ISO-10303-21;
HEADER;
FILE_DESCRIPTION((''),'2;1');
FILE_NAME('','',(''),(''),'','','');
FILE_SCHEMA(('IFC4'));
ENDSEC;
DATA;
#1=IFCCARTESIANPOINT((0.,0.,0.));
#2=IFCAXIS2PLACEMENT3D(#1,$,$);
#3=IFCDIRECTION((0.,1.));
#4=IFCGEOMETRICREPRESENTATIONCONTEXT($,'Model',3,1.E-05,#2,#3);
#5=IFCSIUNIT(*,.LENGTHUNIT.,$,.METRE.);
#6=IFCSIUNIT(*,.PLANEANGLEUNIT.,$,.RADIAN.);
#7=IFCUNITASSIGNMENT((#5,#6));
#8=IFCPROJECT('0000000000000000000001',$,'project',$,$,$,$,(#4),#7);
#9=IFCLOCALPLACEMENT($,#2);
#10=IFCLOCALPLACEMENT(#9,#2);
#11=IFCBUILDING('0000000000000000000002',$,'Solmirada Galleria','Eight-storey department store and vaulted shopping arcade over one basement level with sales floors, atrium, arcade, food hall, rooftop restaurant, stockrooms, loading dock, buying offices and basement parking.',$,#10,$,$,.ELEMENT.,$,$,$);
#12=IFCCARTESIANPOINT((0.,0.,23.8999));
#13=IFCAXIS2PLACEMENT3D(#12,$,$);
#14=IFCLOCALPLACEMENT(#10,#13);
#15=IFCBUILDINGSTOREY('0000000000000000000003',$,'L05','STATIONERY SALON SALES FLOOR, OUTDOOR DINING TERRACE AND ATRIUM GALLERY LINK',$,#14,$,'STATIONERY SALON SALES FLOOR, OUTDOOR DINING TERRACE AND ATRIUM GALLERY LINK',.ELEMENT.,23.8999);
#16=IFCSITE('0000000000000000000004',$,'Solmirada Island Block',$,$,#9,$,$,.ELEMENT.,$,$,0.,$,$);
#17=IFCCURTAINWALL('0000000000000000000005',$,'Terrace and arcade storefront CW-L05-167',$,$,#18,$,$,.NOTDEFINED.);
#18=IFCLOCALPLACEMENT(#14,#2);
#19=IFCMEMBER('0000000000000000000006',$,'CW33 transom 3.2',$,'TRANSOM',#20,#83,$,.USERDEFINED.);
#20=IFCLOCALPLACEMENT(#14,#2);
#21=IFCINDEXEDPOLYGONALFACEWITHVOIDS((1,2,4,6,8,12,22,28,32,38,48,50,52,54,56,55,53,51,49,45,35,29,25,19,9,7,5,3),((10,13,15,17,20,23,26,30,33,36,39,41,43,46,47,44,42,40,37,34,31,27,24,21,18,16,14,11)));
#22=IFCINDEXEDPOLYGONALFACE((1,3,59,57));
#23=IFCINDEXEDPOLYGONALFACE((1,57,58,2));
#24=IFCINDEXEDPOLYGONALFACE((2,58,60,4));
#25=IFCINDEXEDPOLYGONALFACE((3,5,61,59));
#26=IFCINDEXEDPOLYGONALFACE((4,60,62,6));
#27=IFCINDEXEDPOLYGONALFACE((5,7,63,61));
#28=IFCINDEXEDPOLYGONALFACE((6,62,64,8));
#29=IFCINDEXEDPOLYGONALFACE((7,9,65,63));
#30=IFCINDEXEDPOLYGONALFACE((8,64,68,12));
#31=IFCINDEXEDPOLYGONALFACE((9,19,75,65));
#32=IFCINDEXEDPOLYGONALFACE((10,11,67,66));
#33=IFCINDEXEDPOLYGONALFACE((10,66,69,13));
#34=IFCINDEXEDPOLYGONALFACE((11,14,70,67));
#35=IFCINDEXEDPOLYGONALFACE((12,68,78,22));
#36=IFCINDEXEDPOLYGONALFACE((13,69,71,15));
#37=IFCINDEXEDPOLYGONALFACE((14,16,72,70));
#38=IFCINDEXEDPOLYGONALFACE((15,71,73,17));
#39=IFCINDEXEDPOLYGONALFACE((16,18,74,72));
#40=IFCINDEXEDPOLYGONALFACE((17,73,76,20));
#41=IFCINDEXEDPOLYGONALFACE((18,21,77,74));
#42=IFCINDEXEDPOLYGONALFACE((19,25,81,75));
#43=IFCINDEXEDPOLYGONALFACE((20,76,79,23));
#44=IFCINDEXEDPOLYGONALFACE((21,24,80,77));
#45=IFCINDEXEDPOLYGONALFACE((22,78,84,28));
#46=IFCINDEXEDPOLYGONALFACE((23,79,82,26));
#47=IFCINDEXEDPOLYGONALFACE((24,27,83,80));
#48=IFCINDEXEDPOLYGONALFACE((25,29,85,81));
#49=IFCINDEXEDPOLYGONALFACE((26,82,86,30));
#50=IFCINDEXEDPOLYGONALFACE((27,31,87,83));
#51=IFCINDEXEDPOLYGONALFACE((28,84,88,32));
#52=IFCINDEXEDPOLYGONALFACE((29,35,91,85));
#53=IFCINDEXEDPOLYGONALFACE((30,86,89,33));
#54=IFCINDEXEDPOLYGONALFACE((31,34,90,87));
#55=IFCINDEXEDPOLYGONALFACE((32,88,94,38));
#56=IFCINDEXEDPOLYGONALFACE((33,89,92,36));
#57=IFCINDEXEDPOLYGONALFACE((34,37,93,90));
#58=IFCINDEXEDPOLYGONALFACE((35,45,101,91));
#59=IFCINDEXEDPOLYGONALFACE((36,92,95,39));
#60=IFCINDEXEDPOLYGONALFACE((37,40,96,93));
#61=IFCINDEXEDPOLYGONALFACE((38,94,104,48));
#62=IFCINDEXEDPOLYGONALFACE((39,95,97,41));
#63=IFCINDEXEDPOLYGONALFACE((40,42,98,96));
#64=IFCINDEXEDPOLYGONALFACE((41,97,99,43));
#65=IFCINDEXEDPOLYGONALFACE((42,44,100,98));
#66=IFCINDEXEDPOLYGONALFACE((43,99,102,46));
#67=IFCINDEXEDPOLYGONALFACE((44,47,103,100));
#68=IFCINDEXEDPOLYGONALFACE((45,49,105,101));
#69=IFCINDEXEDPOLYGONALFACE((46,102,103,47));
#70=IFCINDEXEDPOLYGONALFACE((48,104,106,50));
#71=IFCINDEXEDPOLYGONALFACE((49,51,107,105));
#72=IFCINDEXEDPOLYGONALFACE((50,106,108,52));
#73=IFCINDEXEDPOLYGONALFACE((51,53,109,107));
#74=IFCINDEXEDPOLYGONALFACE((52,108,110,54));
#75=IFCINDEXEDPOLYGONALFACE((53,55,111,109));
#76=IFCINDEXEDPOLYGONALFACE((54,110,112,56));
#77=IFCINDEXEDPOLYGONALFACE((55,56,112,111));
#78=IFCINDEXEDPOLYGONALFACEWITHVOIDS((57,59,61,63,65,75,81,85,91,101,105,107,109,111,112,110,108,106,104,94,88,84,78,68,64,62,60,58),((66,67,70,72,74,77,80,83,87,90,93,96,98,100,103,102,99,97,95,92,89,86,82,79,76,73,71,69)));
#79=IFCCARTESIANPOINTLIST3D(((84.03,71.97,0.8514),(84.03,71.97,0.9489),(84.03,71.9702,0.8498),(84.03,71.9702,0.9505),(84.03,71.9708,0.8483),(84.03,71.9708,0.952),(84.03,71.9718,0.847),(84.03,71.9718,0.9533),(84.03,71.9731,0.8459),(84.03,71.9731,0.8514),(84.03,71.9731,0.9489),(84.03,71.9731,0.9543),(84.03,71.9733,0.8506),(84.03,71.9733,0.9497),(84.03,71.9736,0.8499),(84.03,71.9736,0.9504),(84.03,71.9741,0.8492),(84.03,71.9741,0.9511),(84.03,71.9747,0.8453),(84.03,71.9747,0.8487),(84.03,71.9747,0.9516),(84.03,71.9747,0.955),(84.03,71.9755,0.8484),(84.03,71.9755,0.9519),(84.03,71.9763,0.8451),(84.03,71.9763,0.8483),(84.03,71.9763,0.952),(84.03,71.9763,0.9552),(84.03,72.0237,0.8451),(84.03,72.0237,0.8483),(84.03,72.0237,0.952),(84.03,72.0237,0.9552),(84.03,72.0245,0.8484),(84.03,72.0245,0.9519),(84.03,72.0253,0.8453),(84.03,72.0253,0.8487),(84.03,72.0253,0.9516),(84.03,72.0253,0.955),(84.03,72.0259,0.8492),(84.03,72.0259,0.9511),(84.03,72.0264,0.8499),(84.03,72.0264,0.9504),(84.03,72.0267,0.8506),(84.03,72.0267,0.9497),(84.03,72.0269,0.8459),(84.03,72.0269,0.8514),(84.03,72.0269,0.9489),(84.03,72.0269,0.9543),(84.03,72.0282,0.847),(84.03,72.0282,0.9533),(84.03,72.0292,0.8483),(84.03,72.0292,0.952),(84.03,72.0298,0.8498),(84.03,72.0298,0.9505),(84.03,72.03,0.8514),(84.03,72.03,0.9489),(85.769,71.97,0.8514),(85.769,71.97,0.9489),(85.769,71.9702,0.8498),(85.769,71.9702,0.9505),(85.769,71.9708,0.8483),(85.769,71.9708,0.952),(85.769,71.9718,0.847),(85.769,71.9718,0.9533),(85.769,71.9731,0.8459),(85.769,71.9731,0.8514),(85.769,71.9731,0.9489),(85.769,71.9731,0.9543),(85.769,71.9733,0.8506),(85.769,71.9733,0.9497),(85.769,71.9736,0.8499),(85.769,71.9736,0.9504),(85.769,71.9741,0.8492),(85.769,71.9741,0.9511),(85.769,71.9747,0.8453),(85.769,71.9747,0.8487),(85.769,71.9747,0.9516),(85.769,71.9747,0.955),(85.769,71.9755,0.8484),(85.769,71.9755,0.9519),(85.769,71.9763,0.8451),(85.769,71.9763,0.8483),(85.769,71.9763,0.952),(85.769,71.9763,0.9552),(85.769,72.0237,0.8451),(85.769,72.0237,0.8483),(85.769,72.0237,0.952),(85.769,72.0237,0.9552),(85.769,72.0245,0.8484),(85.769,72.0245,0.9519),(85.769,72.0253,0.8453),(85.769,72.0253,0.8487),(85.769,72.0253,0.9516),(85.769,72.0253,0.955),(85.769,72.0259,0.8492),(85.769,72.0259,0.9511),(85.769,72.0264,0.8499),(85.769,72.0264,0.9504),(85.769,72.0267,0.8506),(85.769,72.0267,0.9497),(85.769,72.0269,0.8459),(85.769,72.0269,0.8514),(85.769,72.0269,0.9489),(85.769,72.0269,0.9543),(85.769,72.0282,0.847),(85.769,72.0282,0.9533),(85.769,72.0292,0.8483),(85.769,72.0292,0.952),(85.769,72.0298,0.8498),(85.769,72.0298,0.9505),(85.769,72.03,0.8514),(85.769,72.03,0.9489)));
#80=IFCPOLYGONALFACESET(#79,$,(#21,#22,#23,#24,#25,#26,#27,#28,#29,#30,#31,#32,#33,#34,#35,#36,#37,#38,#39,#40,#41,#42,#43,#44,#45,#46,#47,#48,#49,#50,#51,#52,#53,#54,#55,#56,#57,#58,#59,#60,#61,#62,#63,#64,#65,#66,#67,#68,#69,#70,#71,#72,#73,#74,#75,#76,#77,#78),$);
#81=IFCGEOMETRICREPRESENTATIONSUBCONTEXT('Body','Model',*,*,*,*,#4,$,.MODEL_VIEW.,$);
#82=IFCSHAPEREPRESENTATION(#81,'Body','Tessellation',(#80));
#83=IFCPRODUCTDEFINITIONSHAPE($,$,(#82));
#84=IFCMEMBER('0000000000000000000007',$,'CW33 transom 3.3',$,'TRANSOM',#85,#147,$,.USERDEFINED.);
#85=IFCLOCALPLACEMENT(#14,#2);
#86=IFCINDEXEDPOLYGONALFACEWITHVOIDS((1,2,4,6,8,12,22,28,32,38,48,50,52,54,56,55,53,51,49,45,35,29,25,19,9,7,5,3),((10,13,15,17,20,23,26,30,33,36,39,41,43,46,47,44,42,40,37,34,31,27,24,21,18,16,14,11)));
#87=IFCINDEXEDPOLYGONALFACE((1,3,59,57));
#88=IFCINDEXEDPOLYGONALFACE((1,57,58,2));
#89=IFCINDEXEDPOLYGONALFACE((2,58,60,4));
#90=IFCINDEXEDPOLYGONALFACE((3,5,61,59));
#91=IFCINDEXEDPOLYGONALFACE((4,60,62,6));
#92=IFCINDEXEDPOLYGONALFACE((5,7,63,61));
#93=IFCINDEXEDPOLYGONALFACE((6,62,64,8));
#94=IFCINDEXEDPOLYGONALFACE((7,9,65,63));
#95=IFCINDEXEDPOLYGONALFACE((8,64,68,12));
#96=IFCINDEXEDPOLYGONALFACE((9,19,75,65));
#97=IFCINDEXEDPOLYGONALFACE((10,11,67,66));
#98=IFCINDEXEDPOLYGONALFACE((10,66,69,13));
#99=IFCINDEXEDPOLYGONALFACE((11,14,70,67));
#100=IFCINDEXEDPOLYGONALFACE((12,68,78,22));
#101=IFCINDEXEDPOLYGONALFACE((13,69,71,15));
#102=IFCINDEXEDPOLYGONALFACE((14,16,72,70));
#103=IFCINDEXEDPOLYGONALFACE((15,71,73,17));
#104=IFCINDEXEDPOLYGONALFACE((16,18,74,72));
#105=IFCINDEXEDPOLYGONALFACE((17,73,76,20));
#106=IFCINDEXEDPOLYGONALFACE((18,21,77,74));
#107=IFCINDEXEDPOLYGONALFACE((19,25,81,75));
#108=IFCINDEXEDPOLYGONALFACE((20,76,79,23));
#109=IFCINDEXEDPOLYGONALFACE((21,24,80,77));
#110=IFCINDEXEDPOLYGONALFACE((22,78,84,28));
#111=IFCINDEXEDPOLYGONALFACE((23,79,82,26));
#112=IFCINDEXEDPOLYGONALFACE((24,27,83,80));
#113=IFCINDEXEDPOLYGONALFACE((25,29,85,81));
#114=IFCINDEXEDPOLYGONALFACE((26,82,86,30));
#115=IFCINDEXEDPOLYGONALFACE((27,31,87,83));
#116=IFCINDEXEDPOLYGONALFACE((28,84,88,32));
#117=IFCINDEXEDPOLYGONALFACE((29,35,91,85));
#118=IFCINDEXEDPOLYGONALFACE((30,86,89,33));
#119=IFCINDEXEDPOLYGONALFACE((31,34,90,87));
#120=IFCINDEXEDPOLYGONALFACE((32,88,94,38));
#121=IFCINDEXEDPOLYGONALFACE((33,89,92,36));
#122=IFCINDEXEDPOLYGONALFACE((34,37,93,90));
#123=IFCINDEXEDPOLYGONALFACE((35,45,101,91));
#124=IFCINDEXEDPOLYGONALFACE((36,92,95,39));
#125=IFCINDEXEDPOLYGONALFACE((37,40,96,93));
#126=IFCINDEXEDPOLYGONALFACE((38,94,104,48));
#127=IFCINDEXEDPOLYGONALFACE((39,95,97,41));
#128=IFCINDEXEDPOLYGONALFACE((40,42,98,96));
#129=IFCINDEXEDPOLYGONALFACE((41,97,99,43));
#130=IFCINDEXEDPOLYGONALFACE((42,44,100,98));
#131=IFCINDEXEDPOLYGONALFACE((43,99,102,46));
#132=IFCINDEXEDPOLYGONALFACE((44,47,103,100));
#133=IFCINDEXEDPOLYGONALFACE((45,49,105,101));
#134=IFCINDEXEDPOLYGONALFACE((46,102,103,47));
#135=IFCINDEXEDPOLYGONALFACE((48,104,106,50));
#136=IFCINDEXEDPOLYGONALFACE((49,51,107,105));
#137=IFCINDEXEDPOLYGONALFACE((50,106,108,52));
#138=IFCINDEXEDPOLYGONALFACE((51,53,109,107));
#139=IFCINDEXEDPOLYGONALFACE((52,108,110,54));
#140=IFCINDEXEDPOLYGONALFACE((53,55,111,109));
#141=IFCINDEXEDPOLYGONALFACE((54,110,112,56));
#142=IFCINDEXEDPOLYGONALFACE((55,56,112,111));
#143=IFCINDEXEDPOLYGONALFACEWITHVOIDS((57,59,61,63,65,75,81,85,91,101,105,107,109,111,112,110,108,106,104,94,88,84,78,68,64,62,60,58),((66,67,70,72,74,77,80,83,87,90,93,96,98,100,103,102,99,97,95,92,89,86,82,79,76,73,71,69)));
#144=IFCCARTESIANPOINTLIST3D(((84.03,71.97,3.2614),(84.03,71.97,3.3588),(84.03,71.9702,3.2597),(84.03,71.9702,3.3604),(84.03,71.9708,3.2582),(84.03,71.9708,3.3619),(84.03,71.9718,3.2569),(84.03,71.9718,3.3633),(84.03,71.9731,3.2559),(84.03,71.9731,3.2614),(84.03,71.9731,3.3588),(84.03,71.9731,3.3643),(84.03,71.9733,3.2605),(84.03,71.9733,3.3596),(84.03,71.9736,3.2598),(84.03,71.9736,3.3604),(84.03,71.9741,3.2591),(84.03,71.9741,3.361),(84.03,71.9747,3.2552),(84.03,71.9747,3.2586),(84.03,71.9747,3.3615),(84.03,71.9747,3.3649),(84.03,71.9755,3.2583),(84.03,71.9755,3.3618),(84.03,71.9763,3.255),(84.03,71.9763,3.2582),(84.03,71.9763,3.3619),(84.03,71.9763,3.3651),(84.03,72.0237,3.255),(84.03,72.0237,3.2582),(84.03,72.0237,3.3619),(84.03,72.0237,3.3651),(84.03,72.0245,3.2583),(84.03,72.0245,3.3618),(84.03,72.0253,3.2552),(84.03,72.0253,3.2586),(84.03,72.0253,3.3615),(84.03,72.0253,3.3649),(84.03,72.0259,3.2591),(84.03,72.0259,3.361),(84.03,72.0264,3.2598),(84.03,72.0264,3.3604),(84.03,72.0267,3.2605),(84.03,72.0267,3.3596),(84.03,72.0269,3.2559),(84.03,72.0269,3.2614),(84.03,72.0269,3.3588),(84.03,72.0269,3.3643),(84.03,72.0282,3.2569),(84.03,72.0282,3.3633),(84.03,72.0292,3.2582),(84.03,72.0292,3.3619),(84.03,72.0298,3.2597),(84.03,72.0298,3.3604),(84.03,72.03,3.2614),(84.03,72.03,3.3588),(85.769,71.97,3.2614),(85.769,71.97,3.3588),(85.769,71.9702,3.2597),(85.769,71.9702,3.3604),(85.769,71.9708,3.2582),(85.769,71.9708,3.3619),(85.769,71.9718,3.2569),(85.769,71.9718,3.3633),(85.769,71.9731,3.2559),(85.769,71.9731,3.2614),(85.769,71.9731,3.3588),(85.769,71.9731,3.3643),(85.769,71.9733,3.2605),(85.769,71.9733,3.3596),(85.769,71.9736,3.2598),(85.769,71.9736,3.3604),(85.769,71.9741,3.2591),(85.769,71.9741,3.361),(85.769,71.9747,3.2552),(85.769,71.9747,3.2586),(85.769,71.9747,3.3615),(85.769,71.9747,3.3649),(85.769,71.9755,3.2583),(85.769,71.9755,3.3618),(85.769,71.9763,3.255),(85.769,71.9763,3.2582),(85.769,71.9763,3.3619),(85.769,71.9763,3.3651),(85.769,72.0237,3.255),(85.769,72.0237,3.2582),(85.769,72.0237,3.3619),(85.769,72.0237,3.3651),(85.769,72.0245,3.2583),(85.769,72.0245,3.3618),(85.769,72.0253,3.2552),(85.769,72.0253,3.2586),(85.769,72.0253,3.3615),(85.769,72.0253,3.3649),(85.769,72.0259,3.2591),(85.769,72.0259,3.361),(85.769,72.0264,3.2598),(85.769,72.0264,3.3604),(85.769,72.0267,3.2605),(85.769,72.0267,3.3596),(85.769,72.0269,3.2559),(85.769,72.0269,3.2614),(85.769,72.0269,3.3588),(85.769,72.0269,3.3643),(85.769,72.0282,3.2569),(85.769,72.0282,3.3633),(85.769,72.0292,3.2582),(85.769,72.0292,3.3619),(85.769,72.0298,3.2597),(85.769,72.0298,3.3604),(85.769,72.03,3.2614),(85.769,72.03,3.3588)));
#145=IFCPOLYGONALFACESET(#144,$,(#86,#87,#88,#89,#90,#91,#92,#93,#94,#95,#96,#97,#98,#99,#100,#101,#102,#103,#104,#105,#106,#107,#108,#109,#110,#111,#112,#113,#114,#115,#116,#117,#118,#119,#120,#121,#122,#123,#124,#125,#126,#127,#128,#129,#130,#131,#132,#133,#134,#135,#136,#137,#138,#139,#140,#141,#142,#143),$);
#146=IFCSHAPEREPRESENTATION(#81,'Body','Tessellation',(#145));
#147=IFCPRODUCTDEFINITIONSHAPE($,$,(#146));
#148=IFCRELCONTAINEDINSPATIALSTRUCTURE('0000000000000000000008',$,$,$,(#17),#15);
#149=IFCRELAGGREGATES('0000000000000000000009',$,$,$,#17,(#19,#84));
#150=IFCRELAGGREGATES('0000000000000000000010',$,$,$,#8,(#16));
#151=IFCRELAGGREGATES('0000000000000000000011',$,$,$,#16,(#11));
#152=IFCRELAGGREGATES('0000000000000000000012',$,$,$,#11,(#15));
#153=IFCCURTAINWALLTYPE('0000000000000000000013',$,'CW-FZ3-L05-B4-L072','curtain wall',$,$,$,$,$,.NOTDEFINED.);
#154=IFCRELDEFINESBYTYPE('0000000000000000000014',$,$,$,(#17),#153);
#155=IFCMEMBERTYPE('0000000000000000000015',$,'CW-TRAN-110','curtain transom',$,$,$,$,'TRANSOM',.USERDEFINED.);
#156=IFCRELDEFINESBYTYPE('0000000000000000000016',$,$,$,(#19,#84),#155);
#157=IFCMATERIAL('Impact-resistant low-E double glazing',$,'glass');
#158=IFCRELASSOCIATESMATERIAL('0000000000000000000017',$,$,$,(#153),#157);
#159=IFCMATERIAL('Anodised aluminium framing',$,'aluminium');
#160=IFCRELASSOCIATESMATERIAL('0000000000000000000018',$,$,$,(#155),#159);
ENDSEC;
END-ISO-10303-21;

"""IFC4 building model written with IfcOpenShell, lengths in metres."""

from ifc_helpers import new_model, si_unit, direction, frame, origin, origin_2d, place, context, subcontext, project, spatial, hollow_rectangle, extrude, material, material_profile, profile_set, type_object, element, aggregate, save


model = new_model("IFC4")

# Units and contexts
model_context = context("Model", 3, precision=1e-05, world=origin(), true_north=direction((0.0, 1.0)))
body_context = subcontext(model_context, "Body", "Model", "MODEL_VIEW")
ifc_project = project(units=[si_unit("LENGTHUNIT", "METRE"), si_unit("PLANEANGLEUNIT", "RADIAN")], contexts=[model_context])

# Site, building, storey
site_placement = place(None, origin())
site = spatial("IfcSite", under=ifc_project, at=site_placement, Name="Solmirada Island Block", CompositionType="ELEMENT", RefElevation=0.0)
building_placement = place(site_placement, origin())
building = spatial("IfcBuilding", under=site, at=building_placement, Name="Solmirada Galleria", Description="Eight-storey department store and vaulted shopping arcade over one basement level with sales floors, atrium, arcade, food hall, rooftop restaurant, stockrooms, loading dock, buying offices and basement parking.", CompositionType="ELEMENT")
storey_placement = place(building_placement, frame((0.0, 0.0, 23.8999)))
storey = spatial("IfcBuildingStorey", under=building, at=storey_placement, Name="L05", Description="STATIONERY SALON SALES FLOOR, OUTDOOR DINING TERRACE AND ATRIUM GALLERY LINK", LongName="STATIONERY SALON SALES FLOOR, OUTDOOR DINING TERRACE AND ATRIUM GALLERY LINK", CompositionType="ELEMENT", Elevation=23.8999)

# Curtain wall, members
ifc_material_1 = material(Name="Impact-resistant low-E double glazing", Category="glass")
curtain_wall_type = type_object("IfcCurtainWallType", Name="CW-FZ3-L05-B4-L072", Description="curtain wall", PredefinedType="NOTDEFINED", material=ifc_material_1)
curtain_wall_placement = place(storey_placement, origin())
curtain_wall = element("IfcCurtainWall", 1, at=curtain_wall_placement, inside=storey, type_object=curtain_wall_type, Name="Terrace and arcade storefront CW-L05-167", PredefinedType="NOTDEFINED")
ifc_material_2 = material(Name="Anodised aluminium framing", Category="aluminium")
ifc_material_profile_1 = material_profile(ifc_material_2, hollow_rectangle(XDim=0.0601, YDim=0.1101, WallThickness=0.0032, InnerFilletRadius=0.0032, OuterFilletRadius=0.0063, at=origin_2d()), Name="ALU-TRAN-110X60")
ifc_profile_set_1 = profile_set([ifc_material_profile_1], Name="Anodised aluminium framing")
member_type_1 = type_object("IfcMemberType", Name="CW-TRAN-110", Description="curtain transom", ElementType="TRANSOM", PredefinedType="USERDEFINED", material=ifc_profile_set_1)
member_1_placement = place(storey_placement, frame((84.03, 72.0, 0.9001), z_axis=(1.0, 0.0, 0.0), x_axis=(0.0, 1.0, 0.0)))
member_1 = element("IfcMember", 2, at=member_1_placement, type_object=member_type_1, Name="CW33 transom 3.2", ObjectType="TRANSOM", PredefinedType="USERDEFINED", context=body_context, shape_type="SweptSolid", body=[
    extrude(hollow_rectangle(XDim=0.0601, YDim=0.1101, WallThickness=0.0032, InnerFilletRadius=0.0032, OuterFilletRadius=0.0063, at=origin_2d()), origin(), (0.0, 0.0, 1.0), 1.739),
])
member_2_placement = place(storey_placement, frame((84.03, 72.0, 3.3101), z_axis=(1.0, 0.0, 0.0), x_axis=(0.0, 1.0, 0.0)))
member_2 = element("IfcMember", 3, at=member_2_placement, type_object=member_type_1, Name="CW33 transom 3.3", ObjectType="TRANSOM", PredefinedType="USERDEFINED", context=body_context, shape_type="SweptSolid", body=[
    extrude(hollow_rectangle(XDim=0.0601, YDim=0.1101, WallThickness=0.0032, InnerFilletRadius=0.0032, OuterFilletRadius=0.0063, at=origin_2d()), origin(), (0.0, 0.0, 1.0), 1.739),
])
aggregate(curtain_wall, [member_1, member_2])

save(model, "model.ifc")
